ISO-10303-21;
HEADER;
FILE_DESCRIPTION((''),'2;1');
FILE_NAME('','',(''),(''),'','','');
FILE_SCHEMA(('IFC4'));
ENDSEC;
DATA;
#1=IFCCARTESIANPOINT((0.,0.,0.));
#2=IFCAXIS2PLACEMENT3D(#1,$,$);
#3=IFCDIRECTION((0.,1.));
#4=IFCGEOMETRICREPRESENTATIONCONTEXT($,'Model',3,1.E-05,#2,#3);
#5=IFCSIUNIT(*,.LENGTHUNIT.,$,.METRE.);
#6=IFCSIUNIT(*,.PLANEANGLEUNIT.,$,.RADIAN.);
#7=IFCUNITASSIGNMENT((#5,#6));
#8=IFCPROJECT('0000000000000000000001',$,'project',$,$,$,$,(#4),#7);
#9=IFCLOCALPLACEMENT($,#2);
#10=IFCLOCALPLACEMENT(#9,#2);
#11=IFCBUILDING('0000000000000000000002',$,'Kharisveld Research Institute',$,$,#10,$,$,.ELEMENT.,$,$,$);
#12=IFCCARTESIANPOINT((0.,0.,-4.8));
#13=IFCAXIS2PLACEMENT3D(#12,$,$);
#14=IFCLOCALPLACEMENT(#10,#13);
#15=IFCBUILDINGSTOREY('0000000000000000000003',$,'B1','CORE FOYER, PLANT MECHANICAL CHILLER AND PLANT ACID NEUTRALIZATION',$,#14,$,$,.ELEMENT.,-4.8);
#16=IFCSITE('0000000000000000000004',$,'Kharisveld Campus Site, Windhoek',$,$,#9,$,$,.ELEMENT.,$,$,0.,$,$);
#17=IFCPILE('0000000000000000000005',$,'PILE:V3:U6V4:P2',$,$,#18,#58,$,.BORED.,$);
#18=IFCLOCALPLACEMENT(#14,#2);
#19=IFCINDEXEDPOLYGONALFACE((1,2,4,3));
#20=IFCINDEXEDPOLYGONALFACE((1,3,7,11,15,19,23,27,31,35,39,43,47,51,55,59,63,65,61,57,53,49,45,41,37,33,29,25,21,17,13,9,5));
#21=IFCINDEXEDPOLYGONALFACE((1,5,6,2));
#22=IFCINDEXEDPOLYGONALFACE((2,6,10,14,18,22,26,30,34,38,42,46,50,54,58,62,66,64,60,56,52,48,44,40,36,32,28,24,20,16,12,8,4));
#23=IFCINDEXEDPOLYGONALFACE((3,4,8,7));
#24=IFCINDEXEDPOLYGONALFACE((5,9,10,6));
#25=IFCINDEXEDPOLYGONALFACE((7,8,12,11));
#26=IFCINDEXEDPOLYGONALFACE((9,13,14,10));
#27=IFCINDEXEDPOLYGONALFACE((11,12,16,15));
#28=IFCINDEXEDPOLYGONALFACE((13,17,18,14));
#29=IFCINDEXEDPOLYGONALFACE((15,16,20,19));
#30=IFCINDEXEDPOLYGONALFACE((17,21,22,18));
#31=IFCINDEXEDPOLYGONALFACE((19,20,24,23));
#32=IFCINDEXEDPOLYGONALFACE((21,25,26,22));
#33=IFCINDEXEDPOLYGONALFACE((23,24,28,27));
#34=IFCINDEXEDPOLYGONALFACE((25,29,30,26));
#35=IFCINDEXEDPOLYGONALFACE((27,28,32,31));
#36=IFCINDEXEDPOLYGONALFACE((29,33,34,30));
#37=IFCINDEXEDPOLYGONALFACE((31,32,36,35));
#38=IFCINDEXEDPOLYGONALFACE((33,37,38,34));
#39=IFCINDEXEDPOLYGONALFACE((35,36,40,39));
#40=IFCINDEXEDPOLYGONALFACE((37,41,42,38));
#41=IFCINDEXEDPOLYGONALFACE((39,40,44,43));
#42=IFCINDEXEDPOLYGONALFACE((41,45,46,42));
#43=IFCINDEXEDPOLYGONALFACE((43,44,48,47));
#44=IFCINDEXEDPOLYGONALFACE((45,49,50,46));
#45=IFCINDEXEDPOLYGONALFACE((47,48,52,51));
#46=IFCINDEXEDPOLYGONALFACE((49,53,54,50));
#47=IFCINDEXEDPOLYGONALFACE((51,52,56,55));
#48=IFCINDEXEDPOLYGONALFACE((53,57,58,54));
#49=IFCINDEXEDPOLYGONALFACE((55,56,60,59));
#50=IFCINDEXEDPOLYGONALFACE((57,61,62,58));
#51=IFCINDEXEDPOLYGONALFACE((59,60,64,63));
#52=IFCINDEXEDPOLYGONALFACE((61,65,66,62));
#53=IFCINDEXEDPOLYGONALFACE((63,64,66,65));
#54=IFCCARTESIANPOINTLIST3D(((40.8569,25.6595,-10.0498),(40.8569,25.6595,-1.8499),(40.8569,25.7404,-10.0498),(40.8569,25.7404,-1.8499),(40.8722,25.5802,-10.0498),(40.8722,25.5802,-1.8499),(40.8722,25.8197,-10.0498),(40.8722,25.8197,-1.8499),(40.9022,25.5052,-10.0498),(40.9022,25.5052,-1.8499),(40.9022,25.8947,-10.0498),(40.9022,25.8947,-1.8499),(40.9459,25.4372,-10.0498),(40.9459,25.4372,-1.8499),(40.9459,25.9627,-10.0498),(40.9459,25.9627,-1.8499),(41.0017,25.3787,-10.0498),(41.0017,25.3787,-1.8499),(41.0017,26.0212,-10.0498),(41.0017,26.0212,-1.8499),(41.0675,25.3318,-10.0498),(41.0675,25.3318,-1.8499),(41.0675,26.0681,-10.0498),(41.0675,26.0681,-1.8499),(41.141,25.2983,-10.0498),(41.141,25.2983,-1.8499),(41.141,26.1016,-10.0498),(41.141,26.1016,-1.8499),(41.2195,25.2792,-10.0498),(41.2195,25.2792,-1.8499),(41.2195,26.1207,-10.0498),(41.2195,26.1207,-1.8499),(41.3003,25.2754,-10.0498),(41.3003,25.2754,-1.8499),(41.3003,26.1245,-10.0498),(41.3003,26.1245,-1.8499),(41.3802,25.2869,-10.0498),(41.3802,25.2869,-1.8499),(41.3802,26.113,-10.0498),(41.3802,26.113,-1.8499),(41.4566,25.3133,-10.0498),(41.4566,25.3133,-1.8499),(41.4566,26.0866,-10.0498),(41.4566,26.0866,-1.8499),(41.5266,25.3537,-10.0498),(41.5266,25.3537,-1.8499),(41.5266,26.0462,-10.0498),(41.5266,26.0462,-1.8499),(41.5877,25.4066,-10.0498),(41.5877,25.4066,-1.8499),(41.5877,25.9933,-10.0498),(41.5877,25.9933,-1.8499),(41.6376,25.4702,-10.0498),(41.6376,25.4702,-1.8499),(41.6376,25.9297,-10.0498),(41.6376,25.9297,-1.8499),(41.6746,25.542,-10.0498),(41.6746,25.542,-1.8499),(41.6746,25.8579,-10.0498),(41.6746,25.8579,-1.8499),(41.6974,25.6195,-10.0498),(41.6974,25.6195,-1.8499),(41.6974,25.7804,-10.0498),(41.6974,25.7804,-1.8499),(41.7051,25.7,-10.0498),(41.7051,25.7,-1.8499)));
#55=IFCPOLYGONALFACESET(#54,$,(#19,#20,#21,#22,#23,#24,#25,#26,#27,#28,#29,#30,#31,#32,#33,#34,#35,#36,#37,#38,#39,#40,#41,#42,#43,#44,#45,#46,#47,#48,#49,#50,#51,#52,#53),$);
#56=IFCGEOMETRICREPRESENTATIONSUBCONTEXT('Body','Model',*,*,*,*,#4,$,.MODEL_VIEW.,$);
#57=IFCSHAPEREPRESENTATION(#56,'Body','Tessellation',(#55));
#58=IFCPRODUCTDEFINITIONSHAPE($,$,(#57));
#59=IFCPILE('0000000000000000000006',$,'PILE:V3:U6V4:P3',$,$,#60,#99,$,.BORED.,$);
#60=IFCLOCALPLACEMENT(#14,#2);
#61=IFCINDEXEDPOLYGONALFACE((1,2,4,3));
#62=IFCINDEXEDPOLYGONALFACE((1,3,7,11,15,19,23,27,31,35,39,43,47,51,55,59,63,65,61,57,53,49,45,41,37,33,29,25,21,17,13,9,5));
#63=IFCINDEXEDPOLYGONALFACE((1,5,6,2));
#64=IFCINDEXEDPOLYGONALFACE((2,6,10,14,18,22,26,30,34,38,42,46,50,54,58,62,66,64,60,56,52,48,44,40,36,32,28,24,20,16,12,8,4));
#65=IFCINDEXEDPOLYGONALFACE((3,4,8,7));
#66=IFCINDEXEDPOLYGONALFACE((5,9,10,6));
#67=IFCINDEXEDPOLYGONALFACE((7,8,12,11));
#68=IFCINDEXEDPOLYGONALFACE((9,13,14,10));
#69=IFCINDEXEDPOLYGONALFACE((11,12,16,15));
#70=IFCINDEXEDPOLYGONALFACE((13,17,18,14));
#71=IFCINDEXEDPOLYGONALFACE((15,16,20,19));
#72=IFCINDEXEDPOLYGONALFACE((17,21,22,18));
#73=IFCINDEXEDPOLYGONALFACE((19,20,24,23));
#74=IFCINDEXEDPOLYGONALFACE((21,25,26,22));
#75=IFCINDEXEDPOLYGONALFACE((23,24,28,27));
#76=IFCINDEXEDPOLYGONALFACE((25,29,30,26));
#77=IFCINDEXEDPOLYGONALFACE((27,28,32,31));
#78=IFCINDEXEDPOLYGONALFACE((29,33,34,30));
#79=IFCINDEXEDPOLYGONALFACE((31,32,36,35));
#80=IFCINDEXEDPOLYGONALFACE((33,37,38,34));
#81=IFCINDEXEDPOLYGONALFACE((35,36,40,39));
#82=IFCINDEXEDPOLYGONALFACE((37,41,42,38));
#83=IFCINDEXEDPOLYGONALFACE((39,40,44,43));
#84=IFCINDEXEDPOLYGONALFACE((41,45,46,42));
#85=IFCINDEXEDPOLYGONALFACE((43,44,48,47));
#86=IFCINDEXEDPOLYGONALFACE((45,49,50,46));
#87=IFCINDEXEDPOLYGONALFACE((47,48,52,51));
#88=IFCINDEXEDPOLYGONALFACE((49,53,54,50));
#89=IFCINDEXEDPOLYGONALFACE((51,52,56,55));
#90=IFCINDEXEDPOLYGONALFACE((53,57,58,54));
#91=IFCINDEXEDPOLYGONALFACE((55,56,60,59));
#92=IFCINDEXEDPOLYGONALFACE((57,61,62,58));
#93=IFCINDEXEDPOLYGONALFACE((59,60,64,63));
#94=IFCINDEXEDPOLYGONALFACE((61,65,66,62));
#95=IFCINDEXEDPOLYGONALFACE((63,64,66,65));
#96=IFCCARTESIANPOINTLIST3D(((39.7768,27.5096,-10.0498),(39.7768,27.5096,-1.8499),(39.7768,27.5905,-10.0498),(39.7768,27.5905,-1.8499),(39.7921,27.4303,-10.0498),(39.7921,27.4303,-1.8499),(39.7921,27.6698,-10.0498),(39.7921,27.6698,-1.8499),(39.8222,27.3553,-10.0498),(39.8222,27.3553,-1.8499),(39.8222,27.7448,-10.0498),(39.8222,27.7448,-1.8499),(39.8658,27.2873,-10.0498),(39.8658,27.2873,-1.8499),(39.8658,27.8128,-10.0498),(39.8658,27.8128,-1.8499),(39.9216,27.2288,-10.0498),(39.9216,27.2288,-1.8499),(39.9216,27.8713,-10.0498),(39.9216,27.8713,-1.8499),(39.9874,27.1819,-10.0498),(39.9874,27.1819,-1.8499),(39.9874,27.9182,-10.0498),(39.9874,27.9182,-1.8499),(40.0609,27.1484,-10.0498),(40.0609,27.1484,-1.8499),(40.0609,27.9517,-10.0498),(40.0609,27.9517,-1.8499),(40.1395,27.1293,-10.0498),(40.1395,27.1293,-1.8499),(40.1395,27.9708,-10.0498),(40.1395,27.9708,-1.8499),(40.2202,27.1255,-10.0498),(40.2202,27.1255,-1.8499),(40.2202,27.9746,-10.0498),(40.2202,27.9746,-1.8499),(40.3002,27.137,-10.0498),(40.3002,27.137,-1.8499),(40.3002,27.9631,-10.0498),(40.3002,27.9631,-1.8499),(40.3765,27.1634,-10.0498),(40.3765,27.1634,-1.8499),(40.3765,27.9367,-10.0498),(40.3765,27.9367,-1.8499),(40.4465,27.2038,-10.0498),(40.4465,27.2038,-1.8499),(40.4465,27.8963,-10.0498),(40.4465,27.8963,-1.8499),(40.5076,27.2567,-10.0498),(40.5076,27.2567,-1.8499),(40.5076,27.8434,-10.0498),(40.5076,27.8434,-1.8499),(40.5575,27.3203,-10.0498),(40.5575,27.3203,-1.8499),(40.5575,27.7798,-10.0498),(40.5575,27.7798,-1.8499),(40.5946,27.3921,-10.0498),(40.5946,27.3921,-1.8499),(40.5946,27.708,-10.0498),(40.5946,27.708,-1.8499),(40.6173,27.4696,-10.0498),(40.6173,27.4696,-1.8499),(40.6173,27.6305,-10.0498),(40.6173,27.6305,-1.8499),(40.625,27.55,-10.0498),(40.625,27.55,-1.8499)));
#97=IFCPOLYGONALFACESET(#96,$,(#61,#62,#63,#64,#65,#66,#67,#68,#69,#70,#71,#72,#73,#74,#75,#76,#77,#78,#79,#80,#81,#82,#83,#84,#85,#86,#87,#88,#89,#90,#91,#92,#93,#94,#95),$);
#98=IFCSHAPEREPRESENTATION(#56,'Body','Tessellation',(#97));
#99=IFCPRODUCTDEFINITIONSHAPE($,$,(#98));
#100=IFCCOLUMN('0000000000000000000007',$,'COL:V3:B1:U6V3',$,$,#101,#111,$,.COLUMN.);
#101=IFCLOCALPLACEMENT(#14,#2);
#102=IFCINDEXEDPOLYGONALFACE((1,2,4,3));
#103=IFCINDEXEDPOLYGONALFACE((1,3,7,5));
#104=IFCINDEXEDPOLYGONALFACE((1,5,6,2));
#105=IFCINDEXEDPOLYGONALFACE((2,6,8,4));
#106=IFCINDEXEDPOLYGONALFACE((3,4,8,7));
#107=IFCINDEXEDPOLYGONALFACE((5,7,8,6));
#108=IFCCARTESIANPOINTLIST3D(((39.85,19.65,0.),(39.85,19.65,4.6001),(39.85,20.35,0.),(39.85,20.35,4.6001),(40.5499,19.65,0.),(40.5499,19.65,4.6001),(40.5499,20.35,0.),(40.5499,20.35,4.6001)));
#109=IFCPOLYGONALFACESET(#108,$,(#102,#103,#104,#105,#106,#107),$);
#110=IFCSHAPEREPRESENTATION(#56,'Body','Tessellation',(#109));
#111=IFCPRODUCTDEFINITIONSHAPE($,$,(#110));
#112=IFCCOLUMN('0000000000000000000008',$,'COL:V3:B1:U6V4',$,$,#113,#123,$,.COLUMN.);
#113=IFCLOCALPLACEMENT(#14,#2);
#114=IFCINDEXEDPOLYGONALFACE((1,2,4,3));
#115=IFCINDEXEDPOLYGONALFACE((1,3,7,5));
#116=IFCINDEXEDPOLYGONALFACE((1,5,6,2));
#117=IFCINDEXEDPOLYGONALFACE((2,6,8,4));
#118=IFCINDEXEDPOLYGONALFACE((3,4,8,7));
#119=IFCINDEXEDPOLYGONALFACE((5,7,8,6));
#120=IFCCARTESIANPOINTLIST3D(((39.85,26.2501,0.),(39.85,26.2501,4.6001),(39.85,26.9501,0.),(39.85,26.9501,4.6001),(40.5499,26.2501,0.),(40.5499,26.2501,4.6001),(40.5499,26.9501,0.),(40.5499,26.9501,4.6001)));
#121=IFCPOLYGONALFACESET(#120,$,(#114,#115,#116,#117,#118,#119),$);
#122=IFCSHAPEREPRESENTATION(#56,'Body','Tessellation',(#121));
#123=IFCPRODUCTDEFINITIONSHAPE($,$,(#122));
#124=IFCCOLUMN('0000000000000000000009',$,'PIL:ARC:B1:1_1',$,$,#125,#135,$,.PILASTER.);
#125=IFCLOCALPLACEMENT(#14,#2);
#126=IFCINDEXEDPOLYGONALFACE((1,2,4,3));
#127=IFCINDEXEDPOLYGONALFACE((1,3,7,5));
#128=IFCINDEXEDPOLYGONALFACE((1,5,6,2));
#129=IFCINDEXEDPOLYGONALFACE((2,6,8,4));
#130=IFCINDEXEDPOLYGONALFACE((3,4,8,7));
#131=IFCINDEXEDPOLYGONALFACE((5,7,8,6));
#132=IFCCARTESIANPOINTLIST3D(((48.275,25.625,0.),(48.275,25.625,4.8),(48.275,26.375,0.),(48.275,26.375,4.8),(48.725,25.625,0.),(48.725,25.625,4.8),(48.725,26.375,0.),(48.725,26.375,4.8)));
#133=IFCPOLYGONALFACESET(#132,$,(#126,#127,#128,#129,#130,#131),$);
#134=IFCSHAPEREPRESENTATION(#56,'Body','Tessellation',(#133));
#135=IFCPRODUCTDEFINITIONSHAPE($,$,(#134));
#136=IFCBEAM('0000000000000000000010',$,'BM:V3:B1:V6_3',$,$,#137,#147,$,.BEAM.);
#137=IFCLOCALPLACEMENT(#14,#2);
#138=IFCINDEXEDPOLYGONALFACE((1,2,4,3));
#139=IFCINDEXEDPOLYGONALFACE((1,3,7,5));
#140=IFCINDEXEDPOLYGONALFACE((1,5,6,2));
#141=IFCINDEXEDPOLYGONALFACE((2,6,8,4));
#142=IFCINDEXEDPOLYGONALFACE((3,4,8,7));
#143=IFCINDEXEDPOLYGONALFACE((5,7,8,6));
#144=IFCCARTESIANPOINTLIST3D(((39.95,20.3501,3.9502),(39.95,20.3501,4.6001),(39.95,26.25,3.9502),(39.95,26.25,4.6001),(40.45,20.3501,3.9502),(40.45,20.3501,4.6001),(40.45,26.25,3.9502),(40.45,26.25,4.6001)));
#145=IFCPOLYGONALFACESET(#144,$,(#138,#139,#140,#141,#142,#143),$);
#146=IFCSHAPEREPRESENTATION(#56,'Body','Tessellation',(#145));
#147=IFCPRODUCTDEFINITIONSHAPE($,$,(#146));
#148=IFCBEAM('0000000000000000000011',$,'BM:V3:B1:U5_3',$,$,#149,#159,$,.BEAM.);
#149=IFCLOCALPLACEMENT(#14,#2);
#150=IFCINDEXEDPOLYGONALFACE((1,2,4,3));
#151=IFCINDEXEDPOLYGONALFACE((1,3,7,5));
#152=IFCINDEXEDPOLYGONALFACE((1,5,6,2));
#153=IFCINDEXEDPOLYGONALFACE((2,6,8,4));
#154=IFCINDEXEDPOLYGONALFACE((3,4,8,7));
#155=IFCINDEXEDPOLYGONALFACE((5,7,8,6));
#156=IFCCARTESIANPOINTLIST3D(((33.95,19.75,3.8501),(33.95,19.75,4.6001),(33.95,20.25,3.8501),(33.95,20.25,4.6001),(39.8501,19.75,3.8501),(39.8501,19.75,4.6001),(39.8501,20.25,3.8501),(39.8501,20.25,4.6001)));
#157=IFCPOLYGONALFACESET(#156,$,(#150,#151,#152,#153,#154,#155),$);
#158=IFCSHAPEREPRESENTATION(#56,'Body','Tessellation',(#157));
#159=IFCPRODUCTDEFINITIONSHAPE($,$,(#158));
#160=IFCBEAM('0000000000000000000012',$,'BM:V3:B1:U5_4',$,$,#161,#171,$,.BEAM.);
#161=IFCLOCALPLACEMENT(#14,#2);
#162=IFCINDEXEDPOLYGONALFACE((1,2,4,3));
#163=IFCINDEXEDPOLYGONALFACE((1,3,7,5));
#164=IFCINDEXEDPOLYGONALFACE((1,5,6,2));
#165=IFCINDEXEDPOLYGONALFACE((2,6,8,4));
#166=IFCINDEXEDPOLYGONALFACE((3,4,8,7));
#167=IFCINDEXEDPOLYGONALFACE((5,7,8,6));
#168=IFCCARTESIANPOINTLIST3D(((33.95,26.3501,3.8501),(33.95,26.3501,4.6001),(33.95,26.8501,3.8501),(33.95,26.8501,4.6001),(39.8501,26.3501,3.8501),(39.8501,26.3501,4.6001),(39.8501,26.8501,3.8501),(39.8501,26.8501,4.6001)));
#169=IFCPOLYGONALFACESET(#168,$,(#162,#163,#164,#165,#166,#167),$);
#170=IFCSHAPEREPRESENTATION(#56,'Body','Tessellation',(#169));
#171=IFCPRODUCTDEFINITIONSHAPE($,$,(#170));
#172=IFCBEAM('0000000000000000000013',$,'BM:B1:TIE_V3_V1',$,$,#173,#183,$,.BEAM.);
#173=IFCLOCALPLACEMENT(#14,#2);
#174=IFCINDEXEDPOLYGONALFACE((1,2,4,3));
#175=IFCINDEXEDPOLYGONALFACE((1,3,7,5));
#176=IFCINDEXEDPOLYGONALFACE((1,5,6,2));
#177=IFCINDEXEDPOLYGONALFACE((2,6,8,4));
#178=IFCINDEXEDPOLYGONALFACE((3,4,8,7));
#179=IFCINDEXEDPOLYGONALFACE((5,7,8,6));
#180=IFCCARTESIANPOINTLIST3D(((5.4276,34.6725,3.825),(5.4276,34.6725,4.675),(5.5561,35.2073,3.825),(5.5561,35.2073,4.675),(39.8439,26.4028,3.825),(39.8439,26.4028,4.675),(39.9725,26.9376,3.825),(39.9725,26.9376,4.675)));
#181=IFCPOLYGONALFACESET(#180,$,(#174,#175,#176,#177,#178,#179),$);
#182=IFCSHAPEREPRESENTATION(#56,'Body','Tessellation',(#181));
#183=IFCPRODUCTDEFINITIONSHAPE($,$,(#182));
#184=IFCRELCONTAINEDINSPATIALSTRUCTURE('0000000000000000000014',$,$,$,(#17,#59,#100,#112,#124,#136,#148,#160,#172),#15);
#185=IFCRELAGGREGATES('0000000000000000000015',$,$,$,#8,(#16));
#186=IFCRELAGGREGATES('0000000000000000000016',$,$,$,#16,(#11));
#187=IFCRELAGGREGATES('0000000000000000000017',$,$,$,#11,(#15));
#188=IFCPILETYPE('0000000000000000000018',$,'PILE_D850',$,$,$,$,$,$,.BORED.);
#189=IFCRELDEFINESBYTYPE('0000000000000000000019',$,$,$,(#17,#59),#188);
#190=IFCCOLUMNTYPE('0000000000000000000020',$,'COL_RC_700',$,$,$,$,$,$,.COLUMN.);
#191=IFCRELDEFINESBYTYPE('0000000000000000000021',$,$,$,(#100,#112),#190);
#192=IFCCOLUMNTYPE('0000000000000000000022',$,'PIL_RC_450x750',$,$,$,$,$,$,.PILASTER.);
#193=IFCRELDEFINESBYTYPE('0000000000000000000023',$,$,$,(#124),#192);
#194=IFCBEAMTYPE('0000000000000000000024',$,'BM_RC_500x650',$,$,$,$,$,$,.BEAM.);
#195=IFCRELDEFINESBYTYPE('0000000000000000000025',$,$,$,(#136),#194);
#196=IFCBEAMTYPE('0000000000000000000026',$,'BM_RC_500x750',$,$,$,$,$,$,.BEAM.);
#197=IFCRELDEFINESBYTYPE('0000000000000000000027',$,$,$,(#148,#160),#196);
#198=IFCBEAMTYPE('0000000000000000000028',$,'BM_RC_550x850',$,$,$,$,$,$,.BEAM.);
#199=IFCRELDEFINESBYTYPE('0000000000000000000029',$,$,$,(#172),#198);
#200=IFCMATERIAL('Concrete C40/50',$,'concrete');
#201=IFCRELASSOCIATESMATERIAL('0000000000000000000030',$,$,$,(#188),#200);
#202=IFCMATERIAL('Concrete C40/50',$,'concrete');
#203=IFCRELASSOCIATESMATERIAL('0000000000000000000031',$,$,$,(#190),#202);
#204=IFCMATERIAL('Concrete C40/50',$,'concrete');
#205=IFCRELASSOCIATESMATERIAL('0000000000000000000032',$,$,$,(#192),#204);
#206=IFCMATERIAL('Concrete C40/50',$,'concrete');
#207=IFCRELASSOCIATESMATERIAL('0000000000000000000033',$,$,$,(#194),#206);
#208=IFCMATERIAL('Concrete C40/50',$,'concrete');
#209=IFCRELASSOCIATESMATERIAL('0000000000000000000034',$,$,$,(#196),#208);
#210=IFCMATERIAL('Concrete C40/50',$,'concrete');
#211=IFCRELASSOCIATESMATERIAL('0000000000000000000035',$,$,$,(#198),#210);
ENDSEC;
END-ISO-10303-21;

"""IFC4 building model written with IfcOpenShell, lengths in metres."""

from ifc_helpers import new_model, si_unit, direction, frame, origin, origin_2d, place, context, subcontext, project, spatial, rectangle, circle, extrude, material, material_profile, profile_set, type_object, element, save


model = new_model("IFC4")

# Units and contexts
model_context = context("Model", 3, precision=1e-05, world=origin(), true_north=direction((0.0, 1.0)))
body_context = subcontext(model_context, "Body", "Model", "MODEL_VIEW")
ifc_project = project(units=[si_unit("LENGTHUNIT", "METRE"), si_unit("PLANEANGLEUNIT", "RADIAN")], contexts=[model_context])

# Site, building, storey
site_placement = place(None, origin())
site = spatial("IfcSite", under=ifc_project, at=site_placement, Name="Kharisveld Campus Site, Windhoek", CompositionType="ELEMENT", RefElevation=0.0)
building_placement = place(site_placement, origin())
building = spatial("IfcBuilding", under=site, at=building_placement, Name="Kharisveld Research Institute", CompositionType="ELEMENT")
storey_placement = place(building_placement, frame((0.0, 0.0, -4.8)))
storey = spatial("IfcBuildingStorey", under=building, at=storey_placement, Name="B1", Description="CORE FOYER, PLANT MECHANICAL CHILLER AND PLANT ACID NEUTRALIZATION", CompositionType="ELEMENT", Elevation=-4.8)

# Piles
ifc_material_1 = material(Name="Concrete C40/50", Category="concrete")
ifc_material_profile_1 = material_profile(ifc_material_1, circle(Radius=0.425, at=origin_2d()))
ifc_profile_set_1 = profile_set([ifc_material_profile_1], Name="Concrete C40/50")
pile_type_1 = type_object("IfcPileType", Name="PILE_D850", PredefinedType="BORED", material=ifc_profile_set_1)
for number, where, z_axis, x_axis, name in (
    (1, (41.28, 25.7, -1.8499), (0.0, 0.0, -1.0), (1.0, 0.0, 0.0), "PILE:V3:U6V4:P2"),
    (2, (40.2, 27.55, -1.8499), (0.0, 0.0, -1.0), (1.0, 0.0, 0.0), "PILE:V3:U6V4:P3"),
):
    element("IfcPile", number, at=place(storey_placement, frame(where, z_axis=z_axis, x_axis=x_axis)), inside=storey, type_object=pile_type_1, Name=name, PredefinedType="BORED", context=body_context, shape_type="SweptSolid", body=[
        extrude(circle(Radius=0.425, at=origin_2d()), origin(), (0.0, 0.0, 1.0), 8.2),
    ])

# Columns
ifc_material_2 = material(Name="Concrete C40/50", Category="concrete")
ifc_material_profile_2 = material_profile(ifc_material_2, rectangle(XDim=0.7, YDim=0.7, at=origin_2d()))
ifc_profile_set_2 = profile_set([ifc_material_profile_2], Name="Concrete C40/50")
column_type_1 = type_object("IfcColumnType", Name="COL_RC_700", PredefinedType="COLUMN", material=ifc_profile_set_2)
for number, where, z_axis, x_axis, name in (
    (3, (40.2, 20.0, 0.0), (0.0, 0.0, 1.0), (1.0, 0.0, 0.0), "COL:V3:B1:U6V3"),
    (4, (40.2, 26.6001, 0.0), (0.0, 0.0, 1.0), (1.0, 0.0, 0.0), "COL:V3:B1:U6V4"),
):
    element("IfcColumn", number, at=place(storey_placement, frame(where, z_axis=z_axis, x_axis=x_axis)), inside=storey, type_object=column_type_1, Name=name, PredefinedType="COLUMN", context=body_context, shape_type="SweptSolid", body=[
        extrude(rectangle(XDim=0.7, YDim=0.7, at=origin_2d()), origin(), (0.0, 0.0, 1.0), 4.6001),
    ])
ifc_material_3 = material(Name="Concrete C40/50", Category="concrete")
ifc_material_profile_3 = material_profile(ifc_material_3, rectangle(XDim=0.45, YDim=0.75, at=origin_2d()))
ifc_profile_set_3 = profile_set([ifc_material_profile_3], Name="Concrete C40/50")
column_type_2 = type_object("IfcColumnType", Name="PIL_RC_450x750", PredefinedType="PILASTER", material=ifc_profile_set_3)
column_placement = place(storey_placement, frame((48.5, 26.0, 0.0), z_axis=(0.0, 0.0, 1.0), x_axis=(1.0, 0.0, 0.0)))
element("IfcColumn", 5, at=column_placement, inside=storey, type_object=column_type_2, Name="PIL:ARC:B1:1_1", PredefinedType="PILASTER", context=body_context, shape_type="SweptSolid", body=[
    extrude(rectangle(XDim=0.45, YDim=0.75, at=origin_2d()), origin(), (0.0, 0.0, 1.0), 4.8),
])

# Beams
ifc_material_4 = material(Name="Concrete C40/50", Category="concrete")
ifc_material_profile_4 = material_profile(ifc_material_4, rectangle(XDim=0.5, YDim=0.6499, at=origin_2d()))
ifc_profile_set_4 = profile_set([ifc_material_profile_4], Name="Concrete C40/50")
beam_type_1 = type_object("IfcBeamType", Name="BM_RC_500x650", PredefinedType="BEAM", material=ifc_profile_set_4)
beam_1_placement = place(storey_placement, frame((40.2, 20.3501, 4.2751), z_axis=(0.0, 1.0, 0.0), x_axis=(-1.0, 0.0, 0.0)))
element("IfcBeam", 6, at=beam_1_placement, inside=storey, type_object=beam_type_1, Name="BM:V3:B1:V6_3", PredefinedType="BEAM", context=body_context, shape_type="SweptSolid", body=[
    extrude(rectangle(XDim=0.5, YDim=0.6499, at=origin_2d()), origin(), (0.0, 0.0, 1.0), 5.8999),
])
ifc_material_5 = material(Name="Concrete C40/50", Category="concrete")
ifc_material_profile_5 = material_profile(ifc_material_5, rectangle(XDim=0.5, YDim=0.75, at=origin_2d()))
ifc_profile_set_5 = profile_set([ifc_material_profile_5], Name="Concrete C40/50")
beam_type_2 = type_object("IfcBeamType", Name="BM_RC_500x750", PredefinedType="BEAM", material=ifc_profile_set_5)
for number, where, z_axis, x_axis, name in (
    (7, (33.95, 20.0, 4.2251), (1.0, 0.0, 0.0), (0.0, 1.0, 0.0), "BM:V3:B1:U5_3"),
    (8, (33.95, 26.6001, 4.2251), (1.0, 0.0, 0.0), (0.0, 1.0, 0.0), "BM:V3:B1:U5_4"),
):
    element("IfcBeam", number, at=place(storey_placement, frame(where, z_axis=z_axis, x_axis=x_axis)), inside=storey, type_object=beam_type_2, Name=name, PredefinedType="BEAM", context=body_context, shape_type="SweptSolid", body=[
        extrude(rectangle(XDim=0.5, YDim=0.75, at=origin_2d()), origin(), (0.0, 0.0, 1.0), 5.9001),
    ])
ifc_material_6 = material(Name="Concrete C40/50", Category="concrete")
ifc_material_profile_6 = material_profile(ifc_material_6, rectangle(XDim=0.55, YDim=0.8501, at=origin_2d()))
ifc_profile_set_6 = profile_set([ifc_material_profile_6], Name="Concrete C40/50")
beam_type_3 = type_object("IfcBeamType", Name="BM_RC_550x850", PredefinedType="BEAM", material=ifc_profile_set_6)
beam_2_placement = place(storey_placement, frame((39.9082, 26.6702, 4.25), z_axis=(-0.972324, 0.233635, 0.0), x_axis=(-0.233635, -0.972324, 0.0)))
element("IfcBeam", 9, at=beam_2_placement, inside=storey, type_object=beam_type_3, Name="BM:B1:TIE_V3_V1", PredefinedType="BEAM", context=body_context, shape_type="SweptSolid", body=[
    extrude(rectangle(XDim=0.55, YDim=0.8501, at=origin_2d()), origin(), (0.0, 0.0, 1.0), 35.396),
])

save(model, "model.ifc")
